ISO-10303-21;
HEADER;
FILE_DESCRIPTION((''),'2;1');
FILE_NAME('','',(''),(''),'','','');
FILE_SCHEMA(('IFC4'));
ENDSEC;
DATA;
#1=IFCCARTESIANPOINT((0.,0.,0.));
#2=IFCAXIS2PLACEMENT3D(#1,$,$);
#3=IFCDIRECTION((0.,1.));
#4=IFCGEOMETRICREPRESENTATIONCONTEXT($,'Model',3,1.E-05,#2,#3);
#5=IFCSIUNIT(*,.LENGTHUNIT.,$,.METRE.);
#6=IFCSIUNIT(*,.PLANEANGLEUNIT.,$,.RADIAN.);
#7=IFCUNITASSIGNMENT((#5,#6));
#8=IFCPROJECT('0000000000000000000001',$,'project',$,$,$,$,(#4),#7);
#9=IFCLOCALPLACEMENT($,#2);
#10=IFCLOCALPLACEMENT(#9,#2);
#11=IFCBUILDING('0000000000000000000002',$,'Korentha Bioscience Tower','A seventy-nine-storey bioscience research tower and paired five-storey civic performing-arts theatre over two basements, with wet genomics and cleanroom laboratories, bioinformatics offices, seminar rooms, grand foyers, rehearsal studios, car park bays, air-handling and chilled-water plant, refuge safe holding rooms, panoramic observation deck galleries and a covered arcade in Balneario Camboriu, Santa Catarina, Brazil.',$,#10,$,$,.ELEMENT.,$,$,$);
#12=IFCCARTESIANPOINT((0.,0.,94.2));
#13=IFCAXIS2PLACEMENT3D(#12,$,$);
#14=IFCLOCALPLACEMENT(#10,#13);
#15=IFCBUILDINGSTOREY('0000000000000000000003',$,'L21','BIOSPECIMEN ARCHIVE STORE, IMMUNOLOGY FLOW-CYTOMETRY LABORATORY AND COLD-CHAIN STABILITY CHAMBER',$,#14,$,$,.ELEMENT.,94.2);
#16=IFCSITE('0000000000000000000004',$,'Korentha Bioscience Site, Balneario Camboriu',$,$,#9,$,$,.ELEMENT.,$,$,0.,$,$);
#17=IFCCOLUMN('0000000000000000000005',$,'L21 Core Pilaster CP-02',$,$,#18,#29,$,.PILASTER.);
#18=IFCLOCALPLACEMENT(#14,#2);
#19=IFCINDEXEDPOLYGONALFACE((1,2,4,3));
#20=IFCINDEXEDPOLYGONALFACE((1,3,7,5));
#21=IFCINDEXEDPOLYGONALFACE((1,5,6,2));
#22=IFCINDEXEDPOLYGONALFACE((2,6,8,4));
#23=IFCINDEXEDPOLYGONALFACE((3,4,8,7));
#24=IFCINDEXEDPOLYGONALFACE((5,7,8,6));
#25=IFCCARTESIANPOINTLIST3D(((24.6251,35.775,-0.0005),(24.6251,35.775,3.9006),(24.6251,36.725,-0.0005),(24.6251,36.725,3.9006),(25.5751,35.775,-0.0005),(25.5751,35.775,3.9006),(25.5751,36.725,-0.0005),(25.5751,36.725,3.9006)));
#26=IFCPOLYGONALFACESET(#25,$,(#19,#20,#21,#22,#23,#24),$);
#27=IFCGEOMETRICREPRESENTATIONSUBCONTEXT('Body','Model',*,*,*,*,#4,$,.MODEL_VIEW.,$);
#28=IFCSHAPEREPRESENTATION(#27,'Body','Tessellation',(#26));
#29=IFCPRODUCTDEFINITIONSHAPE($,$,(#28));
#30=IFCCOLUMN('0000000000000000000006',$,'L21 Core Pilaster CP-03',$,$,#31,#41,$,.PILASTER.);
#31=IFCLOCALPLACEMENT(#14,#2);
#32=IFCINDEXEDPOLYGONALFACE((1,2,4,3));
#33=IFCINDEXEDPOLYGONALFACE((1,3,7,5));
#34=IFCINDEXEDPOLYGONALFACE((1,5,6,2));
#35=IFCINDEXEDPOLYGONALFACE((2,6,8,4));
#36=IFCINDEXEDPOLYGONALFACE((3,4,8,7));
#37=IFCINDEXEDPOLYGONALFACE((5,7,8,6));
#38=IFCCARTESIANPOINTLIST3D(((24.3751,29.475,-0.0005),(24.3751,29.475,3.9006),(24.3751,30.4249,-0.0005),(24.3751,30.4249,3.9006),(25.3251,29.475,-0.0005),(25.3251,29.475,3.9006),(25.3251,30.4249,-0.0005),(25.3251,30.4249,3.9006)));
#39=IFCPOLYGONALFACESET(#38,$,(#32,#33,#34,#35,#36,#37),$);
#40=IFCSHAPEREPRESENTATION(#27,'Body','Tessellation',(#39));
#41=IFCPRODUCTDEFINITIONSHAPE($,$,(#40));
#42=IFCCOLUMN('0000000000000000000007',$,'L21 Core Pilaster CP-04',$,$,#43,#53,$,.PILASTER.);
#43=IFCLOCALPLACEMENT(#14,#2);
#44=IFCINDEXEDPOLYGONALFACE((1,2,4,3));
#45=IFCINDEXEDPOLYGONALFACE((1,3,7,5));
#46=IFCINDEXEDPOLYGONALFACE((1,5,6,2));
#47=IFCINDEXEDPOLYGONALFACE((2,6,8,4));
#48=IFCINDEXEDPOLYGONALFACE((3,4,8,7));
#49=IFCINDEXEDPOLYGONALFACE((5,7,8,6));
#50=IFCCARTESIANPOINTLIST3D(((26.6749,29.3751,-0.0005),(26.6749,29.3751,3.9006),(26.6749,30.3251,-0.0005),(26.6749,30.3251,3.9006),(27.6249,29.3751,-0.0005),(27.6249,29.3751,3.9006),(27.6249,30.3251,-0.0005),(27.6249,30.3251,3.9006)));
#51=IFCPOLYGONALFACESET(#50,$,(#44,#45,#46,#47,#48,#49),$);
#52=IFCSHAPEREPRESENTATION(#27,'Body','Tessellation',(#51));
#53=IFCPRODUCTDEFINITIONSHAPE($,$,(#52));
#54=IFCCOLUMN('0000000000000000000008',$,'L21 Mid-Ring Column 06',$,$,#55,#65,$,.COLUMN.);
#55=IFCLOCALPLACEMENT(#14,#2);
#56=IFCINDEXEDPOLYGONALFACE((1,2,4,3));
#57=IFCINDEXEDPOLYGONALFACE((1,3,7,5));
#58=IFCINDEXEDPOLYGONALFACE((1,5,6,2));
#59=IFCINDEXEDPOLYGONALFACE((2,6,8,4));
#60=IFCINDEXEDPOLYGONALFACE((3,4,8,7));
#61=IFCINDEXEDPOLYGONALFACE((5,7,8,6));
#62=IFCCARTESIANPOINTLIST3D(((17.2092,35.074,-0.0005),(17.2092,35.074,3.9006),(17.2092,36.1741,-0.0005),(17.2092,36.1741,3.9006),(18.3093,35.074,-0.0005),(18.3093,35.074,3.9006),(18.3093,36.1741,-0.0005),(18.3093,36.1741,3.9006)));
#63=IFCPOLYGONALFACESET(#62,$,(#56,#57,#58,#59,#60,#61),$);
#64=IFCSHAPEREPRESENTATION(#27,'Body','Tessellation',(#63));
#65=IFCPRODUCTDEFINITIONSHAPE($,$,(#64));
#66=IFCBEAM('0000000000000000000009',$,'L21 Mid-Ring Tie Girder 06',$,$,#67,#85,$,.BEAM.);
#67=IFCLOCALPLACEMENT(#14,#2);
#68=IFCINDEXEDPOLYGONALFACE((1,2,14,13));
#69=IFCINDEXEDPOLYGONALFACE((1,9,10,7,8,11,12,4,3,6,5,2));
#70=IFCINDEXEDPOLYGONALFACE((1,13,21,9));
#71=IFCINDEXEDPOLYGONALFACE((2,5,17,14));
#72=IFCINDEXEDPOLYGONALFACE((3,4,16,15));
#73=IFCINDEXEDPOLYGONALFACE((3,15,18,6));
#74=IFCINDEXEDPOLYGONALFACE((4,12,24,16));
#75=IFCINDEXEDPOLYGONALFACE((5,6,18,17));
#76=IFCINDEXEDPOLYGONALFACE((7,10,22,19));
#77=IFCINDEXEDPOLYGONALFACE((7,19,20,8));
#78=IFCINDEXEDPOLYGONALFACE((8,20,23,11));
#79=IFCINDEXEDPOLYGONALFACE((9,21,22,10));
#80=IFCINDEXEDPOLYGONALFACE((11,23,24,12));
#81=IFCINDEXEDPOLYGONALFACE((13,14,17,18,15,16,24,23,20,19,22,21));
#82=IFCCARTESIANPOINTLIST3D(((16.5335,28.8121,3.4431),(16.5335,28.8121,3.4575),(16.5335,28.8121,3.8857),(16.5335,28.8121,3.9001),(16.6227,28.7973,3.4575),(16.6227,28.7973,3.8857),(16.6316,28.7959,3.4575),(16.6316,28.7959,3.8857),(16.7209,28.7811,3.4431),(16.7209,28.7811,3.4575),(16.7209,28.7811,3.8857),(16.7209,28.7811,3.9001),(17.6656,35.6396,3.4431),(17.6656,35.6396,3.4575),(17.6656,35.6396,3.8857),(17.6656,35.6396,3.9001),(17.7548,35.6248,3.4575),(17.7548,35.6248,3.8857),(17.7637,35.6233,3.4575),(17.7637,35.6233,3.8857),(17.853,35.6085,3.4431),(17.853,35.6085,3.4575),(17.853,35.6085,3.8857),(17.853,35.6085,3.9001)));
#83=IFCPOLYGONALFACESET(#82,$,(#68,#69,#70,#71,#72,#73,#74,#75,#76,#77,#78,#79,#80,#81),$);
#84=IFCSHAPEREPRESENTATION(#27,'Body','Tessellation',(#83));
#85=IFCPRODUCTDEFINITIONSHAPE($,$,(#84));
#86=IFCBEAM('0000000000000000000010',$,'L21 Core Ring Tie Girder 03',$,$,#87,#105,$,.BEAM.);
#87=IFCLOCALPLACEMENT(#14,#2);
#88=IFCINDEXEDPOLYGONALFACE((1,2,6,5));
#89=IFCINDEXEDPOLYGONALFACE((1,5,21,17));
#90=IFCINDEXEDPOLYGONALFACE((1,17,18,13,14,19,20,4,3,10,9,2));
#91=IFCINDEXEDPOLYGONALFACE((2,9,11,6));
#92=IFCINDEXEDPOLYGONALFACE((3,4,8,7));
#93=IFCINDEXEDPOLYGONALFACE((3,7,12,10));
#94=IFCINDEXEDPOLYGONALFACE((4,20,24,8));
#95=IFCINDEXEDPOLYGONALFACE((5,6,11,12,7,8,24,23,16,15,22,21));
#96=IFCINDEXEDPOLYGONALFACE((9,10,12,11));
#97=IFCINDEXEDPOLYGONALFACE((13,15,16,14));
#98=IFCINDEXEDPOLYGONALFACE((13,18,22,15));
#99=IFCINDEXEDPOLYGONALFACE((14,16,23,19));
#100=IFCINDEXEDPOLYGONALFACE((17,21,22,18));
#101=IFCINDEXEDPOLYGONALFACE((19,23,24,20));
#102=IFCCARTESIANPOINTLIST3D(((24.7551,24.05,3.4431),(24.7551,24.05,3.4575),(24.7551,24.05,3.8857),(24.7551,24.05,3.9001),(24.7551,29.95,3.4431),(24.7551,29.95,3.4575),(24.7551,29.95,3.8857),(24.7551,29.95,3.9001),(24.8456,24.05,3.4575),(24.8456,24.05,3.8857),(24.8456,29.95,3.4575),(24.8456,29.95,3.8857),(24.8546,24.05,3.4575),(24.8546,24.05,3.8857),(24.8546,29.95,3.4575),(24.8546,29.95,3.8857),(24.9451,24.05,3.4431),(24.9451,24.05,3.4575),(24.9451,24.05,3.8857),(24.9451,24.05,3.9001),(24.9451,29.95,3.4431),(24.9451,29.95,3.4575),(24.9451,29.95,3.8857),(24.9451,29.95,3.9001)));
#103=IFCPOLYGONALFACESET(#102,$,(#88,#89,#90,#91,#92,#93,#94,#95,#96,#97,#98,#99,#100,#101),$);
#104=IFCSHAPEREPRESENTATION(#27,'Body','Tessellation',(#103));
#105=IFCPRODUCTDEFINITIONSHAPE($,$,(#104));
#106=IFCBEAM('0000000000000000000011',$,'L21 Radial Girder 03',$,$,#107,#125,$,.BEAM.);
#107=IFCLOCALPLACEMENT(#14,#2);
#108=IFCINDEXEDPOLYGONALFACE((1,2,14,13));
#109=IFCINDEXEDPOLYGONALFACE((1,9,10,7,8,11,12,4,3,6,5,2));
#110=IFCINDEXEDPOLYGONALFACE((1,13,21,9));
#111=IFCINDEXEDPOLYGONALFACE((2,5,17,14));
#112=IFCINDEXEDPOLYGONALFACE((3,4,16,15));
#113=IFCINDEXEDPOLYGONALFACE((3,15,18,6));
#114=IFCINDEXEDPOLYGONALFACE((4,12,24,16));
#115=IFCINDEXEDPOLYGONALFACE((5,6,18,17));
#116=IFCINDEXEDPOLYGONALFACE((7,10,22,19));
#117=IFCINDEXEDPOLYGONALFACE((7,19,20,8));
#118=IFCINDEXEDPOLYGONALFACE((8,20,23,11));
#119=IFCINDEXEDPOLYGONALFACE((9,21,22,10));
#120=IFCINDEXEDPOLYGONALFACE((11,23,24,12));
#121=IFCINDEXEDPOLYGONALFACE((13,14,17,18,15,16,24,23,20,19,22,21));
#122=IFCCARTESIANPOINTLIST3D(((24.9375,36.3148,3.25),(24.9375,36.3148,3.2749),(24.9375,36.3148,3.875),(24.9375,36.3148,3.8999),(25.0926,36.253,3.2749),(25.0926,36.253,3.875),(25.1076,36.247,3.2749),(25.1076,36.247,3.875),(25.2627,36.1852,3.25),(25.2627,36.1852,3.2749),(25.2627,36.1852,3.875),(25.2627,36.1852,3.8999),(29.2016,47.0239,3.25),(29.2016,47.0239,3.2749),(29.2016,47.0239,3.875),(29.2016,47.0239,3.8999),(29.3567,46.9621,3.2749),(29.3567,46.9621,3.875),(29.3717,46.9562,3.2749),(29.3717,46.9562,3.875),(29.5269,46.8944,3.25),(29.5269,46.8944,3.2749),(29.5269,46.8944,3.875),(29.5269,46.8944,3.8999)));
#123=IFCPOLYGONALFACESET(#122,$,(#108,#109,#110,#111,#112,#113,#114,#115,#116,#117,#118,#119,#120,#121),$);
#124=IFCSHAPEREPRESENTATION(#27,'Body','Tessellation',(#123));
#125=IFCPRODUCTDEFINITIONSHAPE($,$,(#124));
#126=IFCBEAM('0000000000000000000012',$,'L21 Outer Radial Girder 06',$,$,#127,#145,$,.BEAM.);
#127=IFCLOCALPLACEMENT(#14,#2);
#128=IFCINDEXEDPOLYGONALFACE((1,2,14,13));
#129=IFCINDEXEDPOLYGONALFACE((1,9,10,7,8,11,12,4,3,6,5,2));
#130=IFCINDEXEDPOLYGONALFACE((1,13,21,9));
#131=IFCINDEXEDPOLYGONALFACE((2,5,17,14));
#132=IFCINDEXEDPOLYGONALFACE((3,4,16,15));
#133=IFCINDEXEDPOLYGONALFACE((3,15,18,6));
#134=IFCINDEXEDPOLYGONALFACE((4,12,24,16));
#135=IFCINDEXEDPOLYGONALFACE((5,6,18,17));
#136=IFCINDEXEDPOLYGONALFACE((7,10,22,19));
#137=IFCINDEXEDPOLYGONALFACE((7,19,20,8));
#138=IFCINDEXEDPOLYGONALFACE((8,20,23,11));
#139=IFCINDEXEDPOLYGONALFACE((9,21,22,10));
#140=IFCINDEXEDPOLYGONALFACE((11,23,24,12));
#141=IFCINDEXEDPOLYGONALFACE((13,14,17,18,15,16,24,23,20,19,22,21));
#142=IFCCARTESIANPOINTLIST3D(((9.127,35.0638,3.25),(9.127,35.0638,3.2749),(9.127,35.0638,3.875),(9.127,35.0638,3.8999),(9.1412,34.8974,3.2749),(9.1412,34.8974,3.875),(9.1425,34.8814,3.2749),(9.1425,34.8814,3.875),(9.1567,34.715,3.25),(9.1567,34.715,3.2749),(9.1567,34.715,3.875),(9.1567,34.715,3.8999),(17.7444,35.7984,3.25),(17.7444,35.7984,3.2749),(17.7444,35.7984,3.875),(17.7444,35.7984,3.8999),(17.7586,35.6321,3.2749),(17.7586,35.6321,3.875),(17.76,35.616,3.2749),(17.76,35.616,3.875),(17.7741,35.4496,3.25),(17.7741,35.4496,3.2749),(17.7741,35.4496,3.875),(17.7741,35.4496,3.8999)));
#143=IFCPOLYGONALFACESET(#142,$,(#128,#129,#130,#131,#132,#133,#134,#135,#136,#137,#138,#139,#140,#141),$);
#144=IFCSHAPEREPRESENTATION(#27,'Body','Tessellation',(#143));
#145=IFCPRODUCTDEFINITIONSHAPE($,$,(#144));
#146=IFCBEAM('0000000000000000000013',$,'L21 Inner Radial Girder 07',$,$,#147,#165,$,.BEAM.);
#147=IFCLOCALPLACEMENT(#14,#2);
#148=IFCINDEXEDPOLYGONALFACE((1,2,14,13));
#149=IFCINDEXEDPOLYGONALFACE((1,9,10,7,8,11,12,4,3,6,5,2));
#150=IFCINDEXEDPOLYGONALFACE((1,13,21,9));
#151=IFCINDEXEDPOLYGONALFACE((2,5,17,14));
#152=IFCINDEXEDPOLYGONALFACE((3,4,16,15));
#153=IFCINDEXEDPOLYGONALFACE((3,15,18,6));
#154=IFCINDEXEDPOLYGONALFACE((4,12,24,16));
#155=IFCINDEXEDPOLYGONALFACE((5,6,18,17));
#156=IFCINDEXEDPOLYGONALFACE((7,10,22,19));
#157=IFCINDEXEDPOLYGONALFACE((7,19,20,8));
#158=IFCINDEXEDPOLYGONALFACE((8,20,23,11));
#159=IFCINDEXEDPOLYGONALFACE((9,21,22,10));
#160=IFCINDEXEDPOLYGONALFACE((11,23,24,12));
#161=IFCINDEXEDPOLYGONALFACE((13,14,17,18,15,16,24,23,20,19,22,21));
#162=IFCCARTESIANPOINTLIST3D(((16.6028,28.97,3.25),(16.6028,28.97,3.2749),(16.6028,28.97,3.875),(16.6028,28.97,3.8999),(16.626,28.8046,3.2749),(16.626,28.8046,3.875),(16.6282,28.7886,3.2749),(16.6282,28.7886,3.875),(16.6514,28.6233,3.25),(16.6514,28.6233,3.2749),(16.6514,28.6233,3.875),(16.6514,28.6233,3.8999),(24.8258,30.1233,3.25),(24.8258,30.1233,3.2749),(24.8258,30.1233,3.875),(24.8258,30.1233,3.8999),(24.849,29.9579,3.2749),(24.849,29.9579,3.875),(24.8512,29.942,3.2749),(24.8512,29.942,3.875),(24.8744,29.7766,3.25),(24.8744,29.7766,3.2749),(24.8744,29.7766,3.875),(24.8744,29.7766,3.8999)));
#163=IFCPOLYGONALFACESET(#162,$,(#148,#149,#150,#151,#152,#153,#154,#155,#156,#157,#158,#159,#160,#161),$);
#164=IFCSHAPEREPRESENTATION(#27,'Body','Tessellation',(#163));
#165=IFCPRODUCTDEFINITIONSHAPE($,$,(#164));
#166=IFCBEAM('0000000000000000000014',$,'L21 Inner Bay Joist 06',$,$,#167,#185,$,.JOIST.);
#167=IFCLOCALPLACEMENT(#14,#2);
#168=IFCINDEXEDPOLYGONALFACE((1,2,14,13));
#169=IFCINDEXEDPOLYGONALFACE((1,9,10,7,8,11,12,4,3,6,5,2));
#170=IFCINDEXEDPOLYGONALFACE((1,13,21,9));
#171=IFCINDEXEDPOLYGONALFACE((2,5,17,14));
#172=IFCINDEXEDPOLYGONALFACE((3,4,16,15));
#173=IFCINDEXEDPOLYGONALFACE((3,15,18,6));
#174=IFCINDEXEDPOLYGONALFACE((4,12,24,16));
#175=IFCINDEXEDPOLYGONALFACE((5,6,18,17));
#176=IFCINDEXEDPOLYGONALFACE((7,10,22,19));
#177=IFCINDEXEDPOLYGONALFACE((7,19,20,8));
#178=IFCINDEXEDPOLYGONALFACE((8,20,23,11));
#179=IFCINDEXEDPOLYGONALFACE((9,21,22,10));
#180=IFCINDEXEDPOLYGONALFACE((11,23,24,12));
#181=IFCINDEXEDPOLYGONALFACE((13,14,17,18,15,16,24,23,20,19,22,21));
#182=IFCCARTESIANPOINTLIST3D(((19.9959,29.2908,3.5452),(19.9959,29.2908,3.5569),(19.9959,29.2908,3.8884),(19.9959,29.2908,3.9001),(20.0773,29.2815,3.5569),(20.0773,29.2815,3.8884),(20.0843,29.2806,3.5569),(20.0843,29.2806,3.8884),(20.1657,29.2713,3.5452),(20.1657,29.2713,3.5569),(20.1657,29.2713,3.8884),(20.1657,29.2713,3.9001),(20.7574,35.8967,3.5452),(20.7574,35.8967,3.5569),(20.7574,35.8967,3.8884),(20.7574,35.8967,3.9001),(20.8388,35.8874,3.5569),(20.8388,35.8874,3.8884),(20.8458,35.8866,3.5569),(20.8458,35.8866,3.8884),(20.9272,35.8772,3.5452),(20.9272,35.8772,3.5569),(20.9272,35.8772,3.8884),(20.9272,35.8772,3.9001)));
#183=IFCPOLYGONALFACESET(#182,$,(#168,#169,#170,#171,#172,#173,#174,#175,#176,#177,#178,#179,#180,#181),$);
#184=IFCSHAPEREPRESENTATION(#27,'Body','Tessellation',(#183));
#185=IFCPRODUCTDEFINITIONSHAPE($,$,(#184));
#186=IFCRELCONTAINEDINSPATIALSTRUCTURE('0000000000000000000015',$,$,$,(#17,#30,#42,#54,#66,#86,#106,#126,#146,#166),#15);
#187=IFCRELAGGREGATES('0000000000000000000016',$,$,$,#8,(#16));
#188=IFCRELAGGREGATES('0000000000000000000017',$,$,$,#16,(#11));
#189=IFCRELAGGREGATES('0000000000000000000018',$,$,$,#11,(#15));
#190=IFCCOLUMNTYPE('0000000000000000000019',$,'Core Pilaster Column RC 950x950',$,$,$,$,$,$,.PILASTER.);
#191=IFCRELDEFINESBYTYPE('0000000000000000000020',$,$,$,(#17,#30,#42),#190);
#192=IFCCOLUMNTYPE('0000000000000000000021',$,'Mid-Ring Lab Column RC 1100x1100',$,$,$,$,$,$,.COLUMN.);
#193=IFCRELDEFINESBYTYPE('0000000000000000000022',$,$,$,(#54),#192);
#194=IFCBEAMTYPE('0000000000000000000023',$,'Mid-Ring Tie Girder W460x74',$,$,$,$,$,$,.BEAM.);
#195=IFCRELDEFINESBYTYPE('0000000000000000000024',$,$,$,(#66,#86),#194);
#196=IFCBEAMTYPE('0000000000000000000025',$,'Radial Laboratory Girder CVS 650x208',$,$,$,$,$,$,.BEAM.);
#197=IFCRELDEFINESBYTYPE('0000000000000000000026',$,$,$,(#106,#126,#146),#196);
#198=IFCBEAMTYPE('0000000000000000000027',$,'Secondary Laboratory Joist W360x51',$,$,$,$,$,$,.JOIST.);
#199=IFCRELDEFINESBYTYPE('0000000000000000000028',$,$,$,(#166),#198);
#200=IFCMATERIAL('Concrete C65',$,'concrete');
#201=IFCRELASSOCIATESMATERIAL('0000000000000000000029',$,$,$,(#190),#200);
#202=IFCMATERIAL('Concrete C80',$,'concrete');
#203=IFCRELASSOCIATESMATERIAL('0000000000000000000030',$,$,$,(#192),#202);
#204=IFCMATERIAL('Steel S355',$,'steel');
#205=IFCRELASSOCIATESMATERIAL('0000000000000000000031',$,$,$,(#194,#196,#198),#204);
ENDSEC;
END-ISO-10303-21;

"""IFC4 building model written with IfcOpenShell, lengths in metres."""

from ifc_helpers import new_model, si_unit, direction, frame, origin, origin_2d, place, context, subcontext, project, spatial, rectangle, i_section, extrude, material, material_profile, profile_set, type_object, element, save


model = new_model("IFC4")

# Units and contexts
model_context = context("Model", 3, precision=1e-05, world=origin(), true_north=direction((0.0, 1.0)))
body_context = subcontext(model_context, "Body", "Model", "MODEL_VIEW")
ifc_project = project(units=[si_unit("LENGTHUNIT", "METRE"), si_unit("PLANEANGLEUNIT", "RADIAN")], contexts=[model_context])

# Site, building, storey
site_placement = place(None, origin())
site = spatial("IfcSite", under=ifc_project, at=site_placement, Name="Korentha Bioscience Site, Balneario Camboriu", CompositionType="ELEMENT", RefElevation=0.0)
building_placement = place(site_placement, origin())
building = spatial("IfcBuilding", under=site, at=building_placement, Name="Korentha Bioscience Tower", Description="A seventy-nine-storey bioscience research tower and paired five-storey civic performing-arts theatre over two basements, with wet genomics and cleanroom laboratories, bioinformatics offices, seminar rooms, grand foyers, rehearsal studios, car park bays, air-handling and chilled-water plant, refuge safe holding rooms, panoramic observation deck galleries and a covered arcade in Balneario Camboriu, Santa Catarina, Brazil.", CompositionType="ELEMENT")
storey_placement = place(building_placement, frame((0.0, 0.0, 94.2)))
storey = spatial("IfcBuildingStorey", under=building, at=storey_placement, Name="L21", Description="BIOSPECIMEN ARCHIVE STORE, IMMUNOLOGY FLOW-CYTOMETRY LABORATORY AND COLD-CHAIN STABILITY CHAMBER", CompositionType="ELEMENT", Elevation=94.2)

# Columns
ifc_material_1 = material(Name="Concrete C65", Category="concrete")
ifc_material_profile_1 = material_profile(ifc_material_1, rectangle(XDim=0.95, YDim=0.95, at=origin_2d()), Name="Concrete C65")
ifc_profile_set_1 = profile_set([ifc_material_profile_1], Name="Concrete C65 (COL-CP09)")
column_type_1 = type_object("IfcColumnType", Name="Core Pilaster Column RC 950x950", PredefinedType="PILASTER", material=ifc_profile_set_1)
for number, where, z_axis, x_axis, name in (
    (1, (25.1001, 36.25, -0.0005), (0.0, 0.0, 1.0), (1.0, 0.0, 0.0), "L21 Core Pilaster CP-02"),
    (2, (24.8501, 29.95, -0.0005), (0.0, 0.0, 1.0), (1.0, 0.0, 0.0), "L21 Core Pilaster CP-03"),
    (3, (27.1499, 29.8501, -0.0005), (0.0, 0.0, 1.0), (1.0, 0.0, 0.0), "L21 Core Pilaster CP-04"),
):
    element("IfcColumn", number, at=place(storey_placement, frame(where, z_axis=z_axis, x_axis=x_axis)), inside=storey, type_object=column_type_1, Name=name, PredefinedType="PILASTER", context=body_context, shape_type="SweptSolid", body=[
        extrude(rectangle(XDim=0.95, YDim=0.95, at=origin_2d()), origin(), (0.0, 0.0, 1.0), 3.9011),
    ])
ifc_material_2 = material(Name="Concrete C80", Category="concrete")
ifc_material_profile_2 = material_profile(ifc_material_2, rectangle(XDim=1.1001, YDim=1.1001, at=origin_2d()), Name="Concrete C80")
ifc_profile_set_2 = profile_set([ifc_material_profile_2], Name="Concrete C80 (COL-MR11)")
column_type_2 = type_object("IfcColumnType", Name="Mid-Ring Lab Column RC 1100x1100", PredefinedType="COLUMN", material=ifc_profile_set_2)
column_placement = place(storey_placement, frame((17.7593, 35.624, -0.0005), z_axis=(0.0, 0.0, 1.0), x_axis=(1.0, 0.0, 0.0)))
element("IfcColumn", 4, at=column_placement, inside=storey, type_object=column_type_2, Name="L21 Mid-Ring Column 06", PredefinedType="COLUMN", context=body_context, shape_type="SweptSolid", body=[
    extrude(rectangle(XDim=1.1001, YDim=1.1001, at=origin_2d()), origin(), (0.0, 0.0, 1.0), 3.9011),
])

# Beams
ifc_material_3 = material(Name="Steel S355", Category="steel")
ifc_material_profile_3 = material_profile(ifc_material_3, i_section(OverallWidth=0.1899, OverallDepth=0.457, WebThickness=0.009, FlangeThickness=0.0144, at=origin_2d()), Name="Steel S355")
ifc_profile_set_3 = profile_set([ifc_material_profile_3], Name="Steel S355 (MB-460)")
beam_type_1 = type_object("IfcBeamType", Name="Mid-Ring Tie Girder W460x74", PredefinedType="BEAM", material=ifc_profile_set_3)
beam_1_placement = place(storey_placement, frame((17.7593, 35.624, 3.6716), z_axis=(-0.163581, -0.98653, 0.0), x_axis=(0.98653, -0.163581, 0.0)))
element("IfcBeam", 5, at=beam_1_placement, inside=storey, type_object=beam_type_1, Name="L21 Mid-Ring Tie Girder 06", PredefinedType="BEAM", context=body_context, shape_type="SweptSolid", body=[
    extrude(i_section(OverallWidth=0.1899, OverallDepth=0.457, WebThickness=0.009, FlangeThickness=0.0144, at=origin_2d()), origin(), (0.0, 0.0, 1.0), 6.9207),
])
beam_2_placement = place(storey_placement, frame((24.8501, 29.95, 3.6716), z_axis=(0.0, -1.0, 0.0), x_axis=(1.0, 0.0, 0.0)))
element("IfcBeam", 6, at=beam_2_placement, inside=storey, type_object=beam_type_1, Name="L21 Core Ring Tie Girder 03", PredefinedType="BEAM", context=body_context, shape_type="SweptSolid", body=[
    extrude(i_section(OverallWidth=0.1899, OverallDepth=0.457, WebThickness=0.009, FlangeThickness=0.0144, at=origin_2d()), origin(), (0.0, 0.0, 1.0), 5.8999),
])
ifc_material_profile_4 = material_profile(ifc_material_3, i_section(OverallWidth=0.3501, OverallDepth=0.6499, WebThickness=0.0161, FlangeThickness=0.0249, at=origin_2d()), Name="Steel S355")
ifc_profile_set_4 = profile_set([ifc_material_profile_4], Name="Steel S355 (RB-650)")
beam_type_2 = type_object("IfcBeamType", Name="Radial Laboratory Girder CVS 650x208", PredefinedType="BEAM", material=ifc_profile_set_4)
beam_3_placement = place(storey_placement, frame((25.1001, 36.25, 3.575), z_axis=(0.36993, 0.92906, 0.0), x_axis=(-0.92906, 0.36993, 0.0)))
element("IfcBeam", 7, at=beam_3_placement, inside=storey, type_object=beam_type_2, Name="L21 Radial Girder 03", PredefinedType="BEAM", context=body_context, shape_type="SweptSolid", body=[
    extrude(i_section(OverallWidth=0.3501, OverallDepth=0.6499, WebThickness=0.0161, FlangeThickness=0.0249, at=origin_2d()), origin(), (0.0, 0.0, 1.0), 11.5269),
])
beam_4_placement = place(storey_placement, frame((17.7593, 35.624, 3.575), z_axis=(-0.996386, -0.08494, 0.0), x_axis=(0.08494, -0.996386, 0.0)))
element("IfcBeam", 8, at=beam_4_placement, inside=storey, type_object=beam_type_2, Name="L21 Outer Radial Girder 06", PredefinedType="BEAM", context=body_context, shape_type="SweptSolid", body=[
    extrude(i_section(OverallWidth=0.3501, OverallDepth=0.6499, WebThickness=0.0161, FlangeThickness=0.0249, at=origin_2d()), origin(), (0.0, 0.0, 1.0), 8.6487),
])
beam_5_placement = place(storey_placement, frame((24.8501, 29.95, 3.575), z_axis=(-0.990307, -0.138898, 0.0), x_axis=(0.138898, -0.990307, 0.0)))
element("IfcBeam", 9, at=beam_5_placement, inside=storey, type_object=beam_type_2, Name="L21 Inner Radial Girder 07", PredefinedType="BEAM", context=body_context, shape_type="SweptSolid", body=[
    extrude(i_section(OverallWidth=0.3501, OverallDepth=0.6499, WebThickness=0.0161, FlangeThickness=0.0249, at=origin_2d()), origin(), (0.0, 0.0, 1.0), 8.3035),
])
ifc_material_profile_5 = material_profile(ifc_material_3, i_section(OverallWidth=0.1709, OverallDepth=0.355, WebThickness=0.0071, FlangeThickness=0.0117, at=origin_2d()), Name="Steel S355")
ifc_profile_set_5 = profile_set([ifc_material_profile_5], Name="Steel S355 (JB-360)")
beam_type_3 = type_object("IfcBeamType", Name="Secondary Laboratory Joist W360x51", PredefinedType="JOIST", material=ifc_profile_set_5)
beam_6_placement = place(storey_placement, frame((20.8423, 35.887, 3.7227), z_axis=(-0.114513, -0.993422, 0.0), x_axis=(0.993422, -0.114513, 0.0)))
element("IfcBeam", 10, at=beam_6_placement, inside=storey, type_object=beam_type_3, Name="L21 Inner Bay Joist 06", PredefinedType="JOIST", context=body_context, shape_type="SweptSolid", body=[
    extrude(i_section(OverallWidth=0.1709, OverallDepth=0.355, WebThickness=0.0071, FlangeThickness=0.0117, at=origin_2d()), origin(), (0.0, 0.0, 1.0), 6.6497),
])

save(model, "model.ifc")
